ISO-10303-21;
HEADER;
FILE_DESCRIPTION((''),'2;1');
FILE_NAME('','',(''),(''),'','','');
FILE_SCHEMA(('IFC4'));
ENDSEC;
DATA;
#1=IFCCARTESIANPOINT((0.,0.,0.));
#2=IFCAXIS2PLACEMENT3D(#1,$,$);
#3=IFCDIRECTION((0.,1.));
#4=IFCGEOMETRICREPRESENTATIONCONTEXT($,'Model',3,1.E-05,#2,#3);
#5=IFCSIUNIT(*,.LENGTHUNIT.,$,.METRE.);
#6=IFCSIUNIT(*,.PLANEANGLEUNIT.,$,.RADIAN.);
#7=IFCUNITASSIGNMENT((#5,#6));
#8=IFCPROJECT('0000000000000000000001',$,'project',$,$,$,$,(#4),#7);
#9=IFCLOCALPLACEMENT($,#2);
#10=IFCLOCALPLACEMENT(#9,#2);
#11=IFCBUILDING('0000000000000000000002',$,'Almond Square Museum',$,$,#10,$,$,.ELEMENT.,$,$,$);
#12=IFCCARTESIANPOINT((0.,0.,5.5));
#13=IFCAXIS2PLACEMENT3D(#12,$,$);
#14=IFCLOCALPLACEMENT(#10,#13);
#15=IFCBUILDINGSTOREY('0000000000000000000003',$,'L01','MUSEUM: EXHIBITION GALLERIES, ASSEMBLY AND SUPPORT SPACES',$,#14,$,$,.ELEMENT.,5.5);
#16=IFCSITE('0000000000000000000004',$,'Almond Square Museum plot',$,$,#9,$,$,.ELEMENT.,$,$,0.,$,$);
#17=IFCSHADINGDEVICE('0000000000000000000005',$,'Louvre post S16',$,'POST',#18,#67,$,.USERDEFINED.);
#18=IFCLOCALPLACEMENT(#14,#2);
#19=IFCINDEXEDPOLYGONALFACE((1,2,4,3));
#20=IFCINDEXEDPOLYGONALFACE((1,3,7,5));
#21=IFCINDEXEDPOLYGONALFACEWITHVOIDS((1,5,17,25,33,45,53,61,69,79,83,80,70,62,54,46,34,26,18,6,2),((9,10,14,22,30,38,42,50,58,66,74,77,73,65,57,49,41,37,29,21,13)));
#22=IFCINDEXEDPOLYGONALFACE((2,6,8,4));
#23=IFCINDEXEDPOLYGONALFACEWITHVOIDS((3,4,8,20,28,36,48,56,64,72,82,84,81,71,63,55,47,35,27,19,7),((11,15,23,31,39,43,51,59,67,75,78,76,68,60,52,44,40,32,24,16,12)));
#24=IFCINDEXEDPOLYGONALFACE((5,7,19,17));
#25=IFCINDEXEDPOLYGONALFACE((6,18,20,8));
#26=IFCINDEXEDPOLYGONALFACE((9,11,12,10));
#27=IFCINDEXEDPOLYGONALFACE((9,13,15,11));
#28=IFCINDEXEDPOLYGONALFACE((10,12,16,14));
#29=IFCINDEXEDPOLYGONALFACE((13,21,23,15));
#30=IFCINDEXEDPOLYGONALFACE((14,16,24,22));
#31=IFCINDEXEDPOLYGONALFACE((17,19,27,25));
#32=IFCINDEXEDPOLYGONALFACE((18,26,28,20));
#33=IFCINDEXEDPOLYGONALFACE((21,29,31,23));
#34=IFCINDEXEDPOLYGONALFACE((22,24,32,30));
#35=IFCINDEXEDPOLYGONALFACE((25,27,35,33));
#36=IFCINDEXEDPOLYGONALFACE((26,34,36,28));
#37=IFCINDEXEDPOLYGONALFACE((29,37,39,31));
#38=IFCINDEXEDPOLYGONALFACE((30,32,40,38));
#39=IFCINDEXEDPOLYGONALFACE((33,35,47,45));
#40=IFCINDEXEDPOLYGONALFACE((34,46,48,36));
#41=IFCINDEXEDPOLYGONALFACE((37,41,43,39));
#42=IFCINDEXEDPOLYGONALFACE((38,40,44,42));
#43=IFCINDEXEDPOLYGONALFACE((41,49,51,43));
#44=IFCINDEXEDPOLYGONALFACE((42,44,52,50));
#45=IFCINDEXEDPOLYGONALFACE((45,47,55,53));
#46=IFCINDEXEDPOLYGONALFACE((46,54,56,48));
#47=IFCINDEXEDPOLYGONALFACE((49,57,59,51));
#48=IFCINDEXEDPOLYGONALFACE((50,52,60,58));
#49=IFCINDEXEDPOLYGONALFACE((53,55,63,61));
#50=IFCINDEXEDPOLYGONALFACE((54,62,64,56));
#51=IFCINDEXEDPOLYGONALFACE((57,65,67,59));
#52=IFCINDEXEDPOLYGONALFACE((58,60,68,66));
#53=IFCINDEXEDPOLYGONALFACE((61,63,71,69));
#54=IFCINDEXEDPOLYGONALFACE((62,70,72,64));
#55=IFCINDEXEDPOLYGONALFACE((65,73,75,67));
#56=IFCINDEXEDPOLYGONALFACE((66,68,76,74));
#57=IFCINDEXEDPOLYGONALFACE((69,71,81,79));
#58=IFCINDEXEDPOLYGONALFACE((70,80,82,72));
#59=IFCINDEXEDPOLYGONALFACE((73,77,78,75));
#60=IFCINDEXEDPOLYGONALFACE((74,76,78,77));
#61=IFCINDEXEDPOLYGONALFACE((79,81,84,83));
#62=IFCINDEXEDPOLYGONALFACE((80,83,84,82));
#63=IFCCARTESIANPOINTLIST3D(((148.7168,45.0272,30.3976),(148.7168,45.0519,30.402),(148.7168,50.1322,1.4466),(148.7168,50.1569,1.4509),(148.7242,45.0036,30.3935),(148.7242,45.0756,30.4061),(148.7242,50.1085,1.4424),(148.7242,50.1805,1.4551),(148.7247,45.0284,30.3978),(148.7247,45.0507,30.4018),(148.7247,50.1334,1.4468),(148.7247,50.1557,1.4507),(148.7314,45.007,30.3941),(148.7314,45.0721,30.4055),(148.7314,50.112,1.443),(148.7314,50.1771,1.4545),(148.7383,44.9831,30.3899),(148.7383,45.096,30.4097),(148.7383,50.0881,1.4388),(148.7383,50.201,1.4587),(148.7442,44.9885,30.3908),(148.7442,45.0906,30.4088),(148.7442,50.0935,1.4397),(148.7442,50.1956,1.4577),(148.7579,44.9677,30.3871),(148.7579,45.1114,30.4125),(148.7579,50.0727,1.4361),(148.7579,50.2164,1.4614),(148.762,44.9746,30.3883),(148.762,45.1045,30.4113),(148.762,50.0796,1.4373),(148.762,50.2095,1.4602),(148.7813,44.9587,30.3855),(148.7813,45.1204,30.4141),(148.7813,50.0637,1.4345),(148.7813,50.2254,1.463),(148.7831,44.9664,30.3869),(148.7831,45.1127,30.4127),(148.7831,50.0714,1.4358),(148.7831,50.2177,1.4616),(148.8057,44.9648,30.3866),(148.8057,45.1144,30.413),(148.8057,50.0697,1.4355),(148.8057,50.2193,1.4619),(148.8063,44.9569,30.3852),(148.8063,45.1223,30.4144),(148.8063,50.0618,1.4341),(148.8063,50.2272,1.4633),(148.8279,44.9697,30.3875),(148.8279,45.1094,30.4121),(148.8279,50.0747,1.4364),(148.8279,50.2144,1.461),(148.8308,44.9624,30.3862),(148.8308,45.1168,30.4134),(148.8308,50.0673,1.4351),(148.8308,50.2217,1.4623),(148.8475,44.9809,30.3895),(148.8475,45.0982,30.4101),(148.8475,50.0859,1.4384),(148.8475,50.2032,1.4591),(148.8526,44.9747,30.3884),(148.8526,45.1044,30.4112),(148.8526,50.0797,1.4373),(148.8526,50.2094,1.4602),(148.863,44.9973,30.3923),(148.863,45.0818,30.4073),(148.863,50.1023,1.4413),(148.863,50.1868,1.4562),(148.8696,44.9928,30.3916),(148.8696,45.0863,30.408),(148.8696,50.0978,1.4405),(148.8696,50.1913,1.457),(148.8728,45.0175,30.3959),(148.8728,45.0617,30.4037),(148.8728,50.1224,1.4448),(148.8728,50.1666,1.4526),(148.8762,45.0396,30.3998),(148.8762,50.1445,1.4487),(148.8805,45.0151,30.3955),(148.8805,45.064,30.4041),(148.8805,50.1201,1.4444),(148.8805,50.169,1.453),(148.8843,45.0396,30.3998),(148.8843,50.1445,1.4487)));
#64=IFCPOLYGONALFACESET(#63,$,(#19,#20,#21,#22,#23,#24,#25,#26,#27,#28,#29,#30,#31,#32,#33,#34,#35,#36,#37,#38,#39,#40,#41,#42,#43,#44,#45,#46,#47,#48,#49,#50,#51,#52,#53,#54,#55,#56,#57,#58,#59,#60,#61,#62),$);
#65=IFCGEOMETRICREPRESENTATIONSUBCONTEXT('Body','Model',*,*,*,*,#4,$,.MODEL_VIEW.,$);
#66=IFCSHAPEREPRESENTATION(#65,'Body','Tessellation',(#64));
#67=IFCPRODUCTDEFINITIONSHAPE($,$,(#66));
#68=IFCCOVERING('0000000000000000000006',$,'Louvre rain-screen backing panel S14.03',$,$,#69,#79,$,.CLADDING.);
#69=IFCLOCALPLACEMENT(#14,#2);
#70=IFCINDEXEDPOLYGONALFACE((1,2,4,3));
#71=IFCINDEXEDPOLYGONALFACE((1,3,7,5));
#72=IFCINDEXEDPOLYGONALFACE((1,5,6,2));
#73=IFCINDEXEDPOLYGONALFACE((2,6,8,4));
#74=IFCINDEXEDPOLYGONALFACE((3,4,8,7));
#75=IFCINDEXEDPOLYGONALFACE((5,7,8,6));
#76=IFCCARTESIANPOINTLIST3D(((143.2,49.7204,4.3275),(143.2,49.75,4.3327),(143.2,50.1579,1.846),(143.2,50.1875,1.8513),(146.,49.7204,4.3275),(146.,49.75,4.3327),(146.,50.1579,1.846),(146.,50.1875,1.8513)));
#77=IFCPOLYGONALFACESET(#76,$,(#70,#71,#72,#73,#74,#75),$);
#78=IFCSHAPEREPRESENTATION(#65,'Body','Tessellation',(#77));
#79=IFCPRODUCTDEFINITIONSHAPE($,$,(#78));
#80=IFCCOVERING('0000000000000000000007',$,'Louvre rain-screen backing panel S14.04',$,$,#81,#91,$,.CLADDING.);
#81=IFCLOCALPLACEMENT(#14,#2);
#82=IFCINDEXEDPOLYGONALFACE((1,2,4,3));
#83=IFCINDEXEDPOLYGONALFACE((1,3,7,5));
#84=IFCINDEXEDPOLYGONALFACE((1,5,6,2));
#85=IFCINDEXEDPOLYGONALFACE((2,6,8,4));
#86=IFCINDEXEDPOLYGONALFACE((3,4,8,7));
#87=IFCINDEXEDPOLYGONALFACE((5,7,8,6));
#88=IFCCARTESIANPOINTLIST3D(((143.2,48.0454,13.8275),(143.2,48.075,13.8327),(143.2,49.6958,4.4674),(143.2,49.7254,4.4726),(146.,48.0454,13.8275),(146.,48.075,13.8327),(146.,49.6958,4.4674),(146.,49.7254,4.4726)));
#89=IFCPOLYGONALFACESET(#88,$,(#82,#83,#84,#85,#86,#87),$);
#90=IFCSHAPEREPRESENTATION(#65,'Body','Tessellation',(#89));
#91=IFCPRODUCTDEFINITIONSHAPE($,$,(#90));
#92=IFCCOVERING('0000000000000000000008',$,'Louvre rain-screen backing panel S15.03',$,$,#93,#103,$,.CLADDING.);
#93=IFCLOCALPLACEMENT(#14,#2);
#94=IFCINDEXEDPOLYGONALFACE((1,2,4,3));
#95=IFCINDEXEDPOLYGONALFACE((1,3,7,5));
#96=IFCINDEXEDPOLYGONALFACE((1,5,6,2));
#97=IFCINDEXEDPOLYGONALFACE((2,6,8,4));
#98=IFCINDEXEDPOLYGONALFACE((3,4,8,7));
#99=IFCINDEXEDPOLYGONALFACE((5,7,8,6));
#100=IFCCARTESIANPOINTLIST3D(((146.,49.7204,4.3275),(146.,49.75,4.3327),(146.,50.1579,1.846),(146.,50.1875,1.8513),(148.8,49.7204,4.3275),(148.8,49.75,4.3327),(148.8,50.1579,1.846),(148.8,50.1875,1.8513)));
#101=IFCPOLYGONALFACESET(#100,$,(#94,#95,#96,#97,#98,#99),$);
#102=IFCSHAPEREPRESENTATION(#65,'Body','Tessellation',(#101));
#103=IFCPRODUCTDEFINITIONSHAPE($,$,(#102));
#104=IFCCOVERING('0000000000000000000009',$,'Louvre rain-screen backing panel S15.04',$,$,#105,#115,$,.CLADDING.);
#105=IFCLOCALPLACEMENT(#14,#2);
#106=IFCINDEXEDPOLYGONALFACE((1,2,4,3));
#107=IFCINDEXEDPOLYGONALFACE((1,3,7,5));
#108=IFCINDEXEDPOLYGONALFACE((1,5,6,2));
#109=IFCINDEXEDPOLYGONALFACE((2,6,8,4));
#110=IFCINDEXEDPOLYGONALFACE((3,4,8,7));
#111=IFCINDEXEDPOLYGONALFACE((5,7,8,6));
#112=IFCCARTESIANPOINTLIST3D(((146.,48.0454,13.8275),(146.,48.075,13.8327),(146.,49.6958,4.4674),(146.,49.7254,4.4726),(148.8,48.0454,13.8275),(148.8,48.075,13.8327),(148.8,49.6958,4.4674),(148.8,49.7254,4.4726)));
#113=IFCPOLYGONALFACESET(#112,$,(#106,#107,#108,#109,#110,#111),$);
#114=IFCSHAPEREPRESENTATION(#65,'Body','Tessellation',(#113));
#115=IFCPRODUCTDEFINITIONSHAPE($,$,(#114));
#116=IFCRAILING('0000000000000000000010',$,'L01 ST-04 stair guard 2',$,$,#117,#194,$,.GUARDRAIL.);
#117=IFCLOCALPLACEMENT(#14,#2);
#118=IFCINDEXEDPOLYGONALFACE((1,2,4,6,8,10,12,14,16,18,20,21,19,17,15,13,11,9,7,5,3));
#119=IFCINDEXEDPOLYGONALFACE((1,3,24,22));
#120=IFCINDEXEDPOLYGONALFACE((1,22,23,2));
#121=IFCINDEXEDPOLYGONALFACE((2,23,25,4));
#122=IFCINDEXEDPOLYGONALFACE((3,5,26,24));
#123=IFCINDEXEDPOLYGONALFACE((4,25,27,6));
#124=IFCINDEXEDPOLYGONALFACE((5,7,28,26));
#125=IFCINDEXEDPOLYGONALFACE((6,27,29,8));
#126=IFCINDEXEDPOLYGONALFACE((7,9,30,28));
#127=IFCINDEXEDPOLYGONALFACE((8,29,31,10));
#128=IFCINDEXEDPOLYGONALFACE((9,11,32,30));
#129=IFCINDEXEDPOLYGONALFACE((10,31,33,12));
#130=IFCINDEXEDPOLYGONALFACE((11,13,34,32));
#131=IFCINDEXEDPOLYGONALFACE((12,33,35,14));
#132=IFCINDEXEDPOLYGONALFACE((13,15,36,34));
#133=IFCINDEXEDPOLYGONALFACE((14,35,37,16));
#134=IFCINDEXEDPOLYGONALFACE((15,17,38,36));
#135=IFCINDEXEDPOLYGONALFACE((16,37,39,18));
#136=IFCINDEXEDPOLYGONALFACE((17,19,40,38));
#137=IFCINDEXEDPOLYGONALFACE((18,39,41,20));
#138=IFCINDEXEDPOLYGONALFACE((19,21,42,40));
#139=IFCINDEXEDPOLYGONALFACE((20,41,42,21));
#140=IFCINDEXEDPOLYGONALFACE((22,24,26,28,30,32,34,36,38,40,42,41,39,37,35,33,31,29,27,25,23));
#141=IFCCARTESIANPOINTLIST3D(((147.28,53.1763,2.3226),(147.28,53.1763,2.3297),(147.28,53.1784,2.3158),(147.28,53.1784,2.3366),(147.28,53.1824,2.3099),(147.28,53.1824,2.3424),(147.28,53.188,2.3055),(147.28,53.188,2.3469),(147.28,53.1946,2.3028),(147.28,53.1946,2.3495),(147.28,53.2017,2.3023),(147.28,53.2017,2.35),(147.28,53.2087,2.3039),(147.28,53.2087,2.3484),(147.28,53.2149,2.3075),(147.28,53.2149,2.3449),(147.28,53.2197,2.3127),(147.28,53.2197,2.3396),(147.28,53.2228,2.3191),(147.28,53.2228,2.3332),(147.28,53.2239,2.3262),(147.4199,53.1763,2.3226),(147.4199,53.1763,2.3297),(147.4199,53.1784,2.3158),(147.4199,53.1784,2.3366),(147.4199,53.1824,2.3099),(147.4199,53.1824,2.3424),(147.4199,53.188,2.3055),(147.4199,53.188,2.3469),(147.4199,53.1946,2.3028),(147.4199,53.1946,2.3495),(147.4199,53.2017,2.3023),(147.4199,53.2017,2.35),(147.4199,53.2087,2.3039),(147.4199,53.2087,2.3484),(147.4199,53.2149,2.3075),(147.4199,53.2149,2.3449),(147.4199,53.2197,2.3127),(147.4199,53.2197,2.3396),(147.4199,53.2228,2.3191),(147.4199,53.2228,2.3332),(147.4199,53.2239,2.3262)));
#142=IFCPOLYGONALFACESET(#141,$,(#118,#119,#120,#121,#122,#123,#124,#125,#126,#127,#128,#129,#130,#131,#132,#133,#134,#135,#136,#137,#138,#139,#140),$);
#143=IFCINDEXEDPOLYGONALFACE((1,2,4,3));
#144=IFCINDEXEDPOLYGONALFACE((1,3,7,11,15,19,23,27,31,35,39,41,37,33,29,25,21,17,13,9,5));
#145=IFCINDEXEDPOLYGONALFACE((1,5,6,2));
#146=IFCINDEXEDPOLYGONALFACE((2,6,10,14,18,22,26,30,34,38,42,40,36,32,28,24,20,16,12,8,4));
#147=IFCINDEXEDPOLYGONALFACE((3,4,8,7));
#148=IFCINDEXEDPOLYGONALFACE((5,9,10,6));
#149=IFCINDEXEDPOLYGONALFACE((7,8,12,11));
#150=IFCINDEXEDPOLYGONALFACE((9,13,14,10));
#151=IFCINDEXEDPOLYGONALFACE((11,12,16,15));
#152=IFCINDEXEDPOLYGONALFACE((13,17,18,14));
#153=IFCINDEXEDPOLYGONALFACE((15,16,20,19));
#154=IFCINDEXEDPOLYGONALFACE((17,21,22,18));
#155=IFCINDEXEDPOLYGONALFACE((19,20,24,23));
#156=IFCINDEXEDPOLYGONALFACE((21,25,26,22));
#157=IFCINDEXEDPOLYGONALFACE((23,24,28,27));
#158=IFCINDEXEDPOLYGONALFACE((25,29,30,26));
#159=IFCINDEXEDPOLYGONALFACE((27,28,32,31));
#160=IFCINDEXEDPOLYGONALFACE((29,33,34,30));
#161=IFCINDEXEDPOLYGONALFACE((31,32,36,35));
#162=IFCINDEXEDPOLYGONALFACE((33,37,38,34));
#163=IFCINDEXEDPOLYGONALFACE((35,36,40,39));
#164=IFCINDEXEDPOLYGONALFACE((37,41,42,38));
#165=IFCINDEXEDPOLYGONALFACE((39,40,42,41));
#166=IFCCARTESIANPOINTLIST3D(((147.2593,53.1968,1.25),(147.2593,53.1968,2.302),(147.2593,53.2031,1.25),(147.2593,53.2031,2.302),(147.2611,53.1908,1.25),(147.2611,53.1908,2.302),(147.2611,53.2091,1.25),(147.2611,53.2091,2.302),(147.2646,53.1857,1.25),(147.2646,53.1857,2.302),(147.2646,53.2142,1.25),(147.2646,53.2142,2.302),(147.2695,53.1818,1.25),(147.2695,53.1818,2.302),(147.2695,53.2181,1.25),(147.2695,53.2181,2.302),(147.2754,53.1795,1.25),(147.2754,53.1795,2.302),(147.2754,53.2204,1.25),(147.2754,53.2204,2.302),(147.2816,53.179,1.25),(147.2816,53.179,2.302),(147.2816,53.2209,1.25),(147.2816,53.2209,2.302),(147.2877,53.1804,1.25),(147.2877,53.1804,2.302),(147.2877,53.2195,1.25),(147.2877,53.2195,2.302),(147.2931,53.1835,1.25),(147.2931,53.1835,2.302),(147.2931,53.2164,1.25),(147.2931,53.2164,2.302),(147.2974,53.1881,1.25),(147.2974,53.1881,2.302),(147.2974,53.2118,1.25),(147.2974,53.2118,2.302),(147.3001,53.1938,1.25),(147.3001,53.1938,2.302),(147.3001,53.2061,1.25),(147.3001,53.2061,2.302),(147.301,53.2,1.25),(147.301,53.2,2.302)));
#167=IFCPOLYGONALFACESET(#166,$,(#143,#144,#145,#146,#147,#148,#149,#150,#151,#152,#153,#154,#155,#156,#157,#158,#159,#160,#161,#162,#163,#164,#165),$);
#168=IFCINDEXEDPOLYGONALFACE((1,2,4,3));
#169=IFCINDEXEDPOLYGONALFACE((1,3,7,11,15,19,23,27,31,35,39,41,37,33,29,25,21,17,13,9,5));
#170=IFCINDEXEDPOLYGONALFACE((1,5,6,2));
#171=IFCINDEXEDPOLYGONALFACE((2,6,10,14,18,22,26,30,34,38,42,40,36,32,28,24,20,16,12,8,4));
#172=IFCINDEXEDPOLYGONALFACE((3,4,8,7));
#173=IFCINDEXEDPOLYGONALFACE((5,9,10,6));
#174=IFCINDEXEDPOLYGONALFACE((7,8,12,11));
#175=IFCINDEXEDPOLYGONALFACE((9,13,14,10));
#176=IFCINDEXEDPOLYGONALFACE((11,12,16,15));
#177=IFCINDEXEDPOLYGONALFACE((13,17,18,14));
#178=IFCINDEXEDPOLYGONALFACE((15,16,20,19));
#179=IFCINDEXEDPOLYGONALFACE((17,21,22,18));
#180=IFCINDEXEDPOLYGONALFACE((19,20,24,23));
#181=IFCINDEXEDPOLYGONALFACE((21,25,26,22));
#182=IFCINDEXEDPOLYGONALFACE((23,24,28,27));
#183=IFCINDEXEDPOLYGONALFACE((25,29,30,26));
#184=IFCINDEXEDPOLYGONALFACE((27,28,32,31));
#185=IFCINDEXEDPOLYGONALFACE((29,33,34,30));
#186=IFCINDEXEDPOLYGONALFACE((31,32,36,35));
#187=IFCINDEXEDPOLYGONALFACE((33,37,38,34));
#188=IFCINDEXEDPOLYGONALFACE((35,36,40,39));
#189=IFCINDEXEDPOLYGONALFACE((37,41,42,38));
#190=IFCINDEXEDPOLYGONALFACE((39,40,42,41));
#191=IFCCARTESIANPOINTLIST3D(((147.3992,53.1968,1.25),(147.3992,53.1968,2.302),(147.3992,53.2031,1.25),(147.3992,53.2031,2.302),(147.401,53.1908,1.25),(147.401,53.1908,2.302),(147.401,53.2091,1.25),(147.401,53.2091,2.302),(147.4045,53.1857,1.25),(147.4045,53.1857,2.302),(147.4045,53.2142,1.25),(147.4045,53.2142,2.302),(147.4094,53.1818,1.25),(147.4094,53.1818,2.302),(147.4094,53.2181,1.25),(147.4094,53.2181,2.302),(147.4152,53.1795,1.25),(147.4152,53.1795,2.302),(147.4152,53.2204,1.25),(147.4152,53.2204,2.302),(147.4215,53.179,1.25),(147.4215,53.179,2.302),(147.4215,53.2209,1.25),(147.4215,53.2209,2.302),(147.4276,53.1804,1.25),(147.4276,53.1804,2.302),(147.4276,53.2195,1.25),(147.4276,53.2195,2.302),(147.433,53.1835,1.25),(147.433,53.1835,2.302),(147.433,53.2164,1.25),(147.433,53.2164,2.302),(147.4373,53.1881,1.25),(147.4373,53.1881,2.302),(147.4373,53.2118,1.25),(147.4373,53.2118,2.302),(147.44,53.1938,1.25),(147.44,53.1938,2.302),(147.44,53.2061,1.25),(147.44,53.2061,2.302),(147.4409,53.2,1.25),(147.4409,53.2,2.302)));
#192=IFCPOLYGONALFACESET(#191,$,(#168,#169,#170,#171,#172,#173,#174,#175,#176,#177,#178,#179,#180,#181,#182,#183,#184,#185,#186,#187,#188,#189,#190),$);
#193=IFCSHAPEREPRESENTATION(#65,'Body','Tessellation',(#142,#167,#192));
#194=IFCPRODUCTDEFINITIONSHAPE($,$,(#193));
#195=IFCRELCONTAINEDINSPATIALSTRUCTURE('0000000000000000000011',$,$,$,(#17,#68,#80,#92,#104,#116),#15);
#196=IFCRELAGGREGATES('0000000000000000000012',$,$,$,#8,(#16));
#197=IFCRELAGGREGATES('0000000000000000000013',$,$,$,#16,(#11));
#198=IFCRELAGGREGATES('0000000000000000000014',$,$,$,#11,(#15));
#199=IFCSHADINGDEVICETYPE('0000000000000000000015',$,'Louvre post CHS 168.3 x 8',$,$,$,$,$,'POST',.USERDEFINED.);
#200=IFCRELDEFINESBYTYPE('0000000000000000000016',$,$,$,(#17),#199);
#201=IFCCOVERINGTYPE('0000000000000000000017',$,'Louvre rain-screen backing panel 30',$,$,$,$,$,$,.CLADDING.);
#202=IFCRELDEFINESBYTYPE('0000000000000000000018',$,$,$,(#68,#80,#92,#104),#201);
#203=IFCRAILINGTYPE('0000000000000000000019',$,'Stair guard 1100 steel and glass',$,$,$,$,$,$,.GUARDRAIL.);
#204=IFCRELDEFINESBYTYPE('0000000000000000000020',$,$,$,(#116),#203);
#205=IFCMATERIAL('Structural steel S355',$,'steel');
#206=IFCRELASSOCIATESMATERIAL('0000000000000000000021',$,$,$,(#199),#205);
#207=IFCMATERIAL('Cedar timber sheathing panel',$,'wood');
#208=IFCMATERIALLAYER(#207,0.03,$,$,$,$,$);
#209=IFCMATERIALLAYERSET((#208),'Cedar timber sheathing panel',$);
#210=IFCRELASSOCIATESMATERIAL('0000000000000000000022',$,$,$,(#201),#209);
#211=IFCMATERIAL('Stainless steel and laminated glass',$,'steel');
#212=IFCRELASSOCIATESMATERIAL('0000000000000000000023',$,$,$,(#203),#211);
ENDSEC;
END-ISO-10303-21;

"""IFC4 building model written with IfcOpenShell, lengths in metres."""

from ifc_helpers import new_model, si_unit, direction, frame, origin, origin_2d, place, context, subcontext, project, spatial, polyline, circle, hollow_circle, outline, extrude, material, layer, layer_set, material_profile, profile_set, type_object, element, save


model = new_model("IFC4")

# Units and contexts
model_context = context("Model", 3, precision=1e-05, world=origin(), true_north=direction((0.0, 1.0)))
body_context = subcontext(model_context, "Body", "Model", "MODEL_VIEW")
ifc_project = project(units=[si_unit("LENGTHUNIT", "METRE"), si_unit("PLANEANGLEUNIT", "RADIAN")], contexts=[model_context])

# Site, building, storey
site_placement = place(None, origin())
site = spatial("IfcSite", under=ifc_project, at=site_placement, Name="Almond Square Museum plot", CompositionType="ELEMENT", RefElevation=0.0)
building_placement = place(site_placement, origin())
building = spatial("IfcBuilding", under=site, at=building_placement, Name="Almond Square Museum", CompositionType="ELEMENT")
storey_placement = place(building_placement, frame((0.0, 0.0, 5.5)))
storey = spatial("IfcBuildingStorey", under=building, at=storey_placement, Name="L01", Description="MUSEUM: EXHIBITION GALLERIES, ASSEMBLY AND SUPPORT SPACES", CompositionType="ELEMENT", Elevation=5.5)

# Shading device
ifc_material_1 = material(Name="Structural steel S355", Category="steel")
ifc_material_profile_1 = material_profile(ifc_material_1, hollow_circle(Radius=0.0842, WallThickness=0.0081, at=origin_2d()))
ifc_profile_set_1 = profile_set([ifc_material_profile_1], Name="Structural steel S355")
shading_device_type_1 = type_object("IfcShadingDeviceType", Name="Louvre post CHS 168.3 x 8", ElementType="POST", PredefinedType="USERDEFINED", material=ifc_profile_set_1)
for number, where, z_axis, x_axis, name in (
    (1, (148.8, 50.1445, 1.4487), (0.0, -0.173652, 0.984807), (1.0, 0.0, 0.0), "Louvre post S16"),
):
    element("IfcShadingDevice", number, at=place(storey_placement, frame(where, z_axis=z_axis, x_axis=x_axis)), inside=storey, type_object=shading_device_type_1, Name=name, ObjectType="POST", PredefinedType="USERDEFINED", context=body_context, shape_type="SweptSolid", body=[
        extrude(hollow_circle(Radius=0.0842, WallThickness=0.0081, at=origin_2d()), origin(), (0.0, 0.0, 1.0), 29.3977),
    ])

# Coverings
ifc_material_2 = material(Name="Cedar timber sheathing panel", Category="wood")
ifc_layer_1 = layer(ifc_material_2, 0.03)
ifc_layer_set_1 = layer_set([ifc_layer_1], Name="Cedar timber sheathing panel")
covering_type = type_object("IfcCoveringType", Name="Louvre rain-screen backing panel 30", PredefinedType="CLADDING", material=ifc_layer_set_1)
covering_1_placement = place(storey_placement, frame((143.2, 50.1726, 1.8486), z_axis=(0.0, -0.984811, -0.173631), x_axis=(1.0, 0.0, 0.0)))
element("IfcCovering", 2, at=covering_1_placement, inside=storey, type_object=covering_type, Name="Louvre rain-screen backing panel S14.03", PredefinedType="CLADDING", context=body_context, shape_type="SweptSolid", body=[
    extrude(outline(polyline([(0.0, 0.0), (2.8, 0.0), (2.8, 2.5197), (0.0, 2.5197), (0.0, 0.0)])), frame((0.0, 0.0, -0.0151)), (0.0, 0.0, 1.0), 0.03),
])
covering_2_placement = place(storey_placement, frame((143.2, 49.7104, 4.47), z_axis=(0.0, -0.984809, -0.173643), x_axis=(1.0, 0.0, 0.0)))
element("IfcCovering", 3, at=covering_2_placement, inside=storey, type_object=covering_type, Name="Louvre rain-screen backing panel S14.04", PredefinedType="CLADDING", context=body_context, shape_type="SweptSolid", body=[
    extrude(outline(polyline([(0.0, 0.0), (2.8, 0.0), (2.8, 9.5045), (0.0, 9.5045), (0.0, 0.0)])), frame((0.0, 0.0, -0.0151)), (0.0, 0.0, 1.0), 0.03),
])
covering_3_placement = place(storey_placement, frame((146.0, 50.1726, 1.8486), z_axis=(0.0, -0.984811, -0.173631), x_axis=(1.0, 0.0, 0.0)))
element("IfcCovering", 4, at=covering_3_placement, inside=storey, type_object=covering_type, Name="Louvre rain-screen backing panel S15.03", PredefinedType="CLADDING", context=body_context, shape_type="SweptSolid", body=[
    extrude(outline(polyline([(0.0, 0.0), (2.8, 0.0), (2.8, 2.5197), (0.0, 2.5197), (0.0, 0.0)])), frame((0.0, 0.0, -0.0151)), (0.0, 0.0, 1.0), 0.03),
])
covering_4_placement = place(storey_placement, frame((146.0, 49.7104, 4.47), z_axis=(0.0, -0.984809, -0.173643), x_axis=(1.0, 0.0, 0.0)))
element("IfcCovering", 5, at=covering_4_placement, inside=storey, type_object=covering_type, Name="Louvre rain-screen backing panel S15.04", PredefinedType="CLADDING", context=body_context, shape_type="SweptSolid", body=[
    extrude(outline(polyline([(0.0, 0.0), (2.8, 0.0), (2.8, 9.5045), (0.0, 9.5045), (0.0, 0.0)])), frame((0.0, 0.0, -0.0151)), (0.0, 0.0, 1.0), 0.03),
])

# Railing
ifc_material_3 = material(Name="Stainless steel and laminated glass", Category="steel")
railing_type = type_object("IfcRailingType", Name="Stair guard 1100 steel and glass", PredefinedType="GUARDRAIL", material=ifc_material_3)
for number, where, name in (
    (6, (147.28, 53.2, 1.25), "L01 ST-04 stair guard 2"),
):
    element("IfcRailing", number, at=place(storey_placement, frame(where)), inside=storey, type_object=railing_type, Name=name, PredefinedType="GUARDRAIL", context=body_context, shape_type="SweptSolid", body=[
        extrude(circle(Radius=0.0239, at=origin_2d()), frame((0.0, 0.0, 1.0762), z_axis=(1.0, 0.0, 0.0), x_axis=(0.0, 1.0, 0.0)), (0.0, 0.0, 1.0), 0.1399),
        extrude(circle(Radius=0.021, at=origin_2d()), origin(), (0.0, 0.0, 1.0), 1.052),
        extrude(circle(Radius=0.021, at=origin_2d()), frame((0.1399, 0.0, 0.0)), (0.0, 0.0, 1.0), 1.052),
    ])

save(model, "model.ifc")
